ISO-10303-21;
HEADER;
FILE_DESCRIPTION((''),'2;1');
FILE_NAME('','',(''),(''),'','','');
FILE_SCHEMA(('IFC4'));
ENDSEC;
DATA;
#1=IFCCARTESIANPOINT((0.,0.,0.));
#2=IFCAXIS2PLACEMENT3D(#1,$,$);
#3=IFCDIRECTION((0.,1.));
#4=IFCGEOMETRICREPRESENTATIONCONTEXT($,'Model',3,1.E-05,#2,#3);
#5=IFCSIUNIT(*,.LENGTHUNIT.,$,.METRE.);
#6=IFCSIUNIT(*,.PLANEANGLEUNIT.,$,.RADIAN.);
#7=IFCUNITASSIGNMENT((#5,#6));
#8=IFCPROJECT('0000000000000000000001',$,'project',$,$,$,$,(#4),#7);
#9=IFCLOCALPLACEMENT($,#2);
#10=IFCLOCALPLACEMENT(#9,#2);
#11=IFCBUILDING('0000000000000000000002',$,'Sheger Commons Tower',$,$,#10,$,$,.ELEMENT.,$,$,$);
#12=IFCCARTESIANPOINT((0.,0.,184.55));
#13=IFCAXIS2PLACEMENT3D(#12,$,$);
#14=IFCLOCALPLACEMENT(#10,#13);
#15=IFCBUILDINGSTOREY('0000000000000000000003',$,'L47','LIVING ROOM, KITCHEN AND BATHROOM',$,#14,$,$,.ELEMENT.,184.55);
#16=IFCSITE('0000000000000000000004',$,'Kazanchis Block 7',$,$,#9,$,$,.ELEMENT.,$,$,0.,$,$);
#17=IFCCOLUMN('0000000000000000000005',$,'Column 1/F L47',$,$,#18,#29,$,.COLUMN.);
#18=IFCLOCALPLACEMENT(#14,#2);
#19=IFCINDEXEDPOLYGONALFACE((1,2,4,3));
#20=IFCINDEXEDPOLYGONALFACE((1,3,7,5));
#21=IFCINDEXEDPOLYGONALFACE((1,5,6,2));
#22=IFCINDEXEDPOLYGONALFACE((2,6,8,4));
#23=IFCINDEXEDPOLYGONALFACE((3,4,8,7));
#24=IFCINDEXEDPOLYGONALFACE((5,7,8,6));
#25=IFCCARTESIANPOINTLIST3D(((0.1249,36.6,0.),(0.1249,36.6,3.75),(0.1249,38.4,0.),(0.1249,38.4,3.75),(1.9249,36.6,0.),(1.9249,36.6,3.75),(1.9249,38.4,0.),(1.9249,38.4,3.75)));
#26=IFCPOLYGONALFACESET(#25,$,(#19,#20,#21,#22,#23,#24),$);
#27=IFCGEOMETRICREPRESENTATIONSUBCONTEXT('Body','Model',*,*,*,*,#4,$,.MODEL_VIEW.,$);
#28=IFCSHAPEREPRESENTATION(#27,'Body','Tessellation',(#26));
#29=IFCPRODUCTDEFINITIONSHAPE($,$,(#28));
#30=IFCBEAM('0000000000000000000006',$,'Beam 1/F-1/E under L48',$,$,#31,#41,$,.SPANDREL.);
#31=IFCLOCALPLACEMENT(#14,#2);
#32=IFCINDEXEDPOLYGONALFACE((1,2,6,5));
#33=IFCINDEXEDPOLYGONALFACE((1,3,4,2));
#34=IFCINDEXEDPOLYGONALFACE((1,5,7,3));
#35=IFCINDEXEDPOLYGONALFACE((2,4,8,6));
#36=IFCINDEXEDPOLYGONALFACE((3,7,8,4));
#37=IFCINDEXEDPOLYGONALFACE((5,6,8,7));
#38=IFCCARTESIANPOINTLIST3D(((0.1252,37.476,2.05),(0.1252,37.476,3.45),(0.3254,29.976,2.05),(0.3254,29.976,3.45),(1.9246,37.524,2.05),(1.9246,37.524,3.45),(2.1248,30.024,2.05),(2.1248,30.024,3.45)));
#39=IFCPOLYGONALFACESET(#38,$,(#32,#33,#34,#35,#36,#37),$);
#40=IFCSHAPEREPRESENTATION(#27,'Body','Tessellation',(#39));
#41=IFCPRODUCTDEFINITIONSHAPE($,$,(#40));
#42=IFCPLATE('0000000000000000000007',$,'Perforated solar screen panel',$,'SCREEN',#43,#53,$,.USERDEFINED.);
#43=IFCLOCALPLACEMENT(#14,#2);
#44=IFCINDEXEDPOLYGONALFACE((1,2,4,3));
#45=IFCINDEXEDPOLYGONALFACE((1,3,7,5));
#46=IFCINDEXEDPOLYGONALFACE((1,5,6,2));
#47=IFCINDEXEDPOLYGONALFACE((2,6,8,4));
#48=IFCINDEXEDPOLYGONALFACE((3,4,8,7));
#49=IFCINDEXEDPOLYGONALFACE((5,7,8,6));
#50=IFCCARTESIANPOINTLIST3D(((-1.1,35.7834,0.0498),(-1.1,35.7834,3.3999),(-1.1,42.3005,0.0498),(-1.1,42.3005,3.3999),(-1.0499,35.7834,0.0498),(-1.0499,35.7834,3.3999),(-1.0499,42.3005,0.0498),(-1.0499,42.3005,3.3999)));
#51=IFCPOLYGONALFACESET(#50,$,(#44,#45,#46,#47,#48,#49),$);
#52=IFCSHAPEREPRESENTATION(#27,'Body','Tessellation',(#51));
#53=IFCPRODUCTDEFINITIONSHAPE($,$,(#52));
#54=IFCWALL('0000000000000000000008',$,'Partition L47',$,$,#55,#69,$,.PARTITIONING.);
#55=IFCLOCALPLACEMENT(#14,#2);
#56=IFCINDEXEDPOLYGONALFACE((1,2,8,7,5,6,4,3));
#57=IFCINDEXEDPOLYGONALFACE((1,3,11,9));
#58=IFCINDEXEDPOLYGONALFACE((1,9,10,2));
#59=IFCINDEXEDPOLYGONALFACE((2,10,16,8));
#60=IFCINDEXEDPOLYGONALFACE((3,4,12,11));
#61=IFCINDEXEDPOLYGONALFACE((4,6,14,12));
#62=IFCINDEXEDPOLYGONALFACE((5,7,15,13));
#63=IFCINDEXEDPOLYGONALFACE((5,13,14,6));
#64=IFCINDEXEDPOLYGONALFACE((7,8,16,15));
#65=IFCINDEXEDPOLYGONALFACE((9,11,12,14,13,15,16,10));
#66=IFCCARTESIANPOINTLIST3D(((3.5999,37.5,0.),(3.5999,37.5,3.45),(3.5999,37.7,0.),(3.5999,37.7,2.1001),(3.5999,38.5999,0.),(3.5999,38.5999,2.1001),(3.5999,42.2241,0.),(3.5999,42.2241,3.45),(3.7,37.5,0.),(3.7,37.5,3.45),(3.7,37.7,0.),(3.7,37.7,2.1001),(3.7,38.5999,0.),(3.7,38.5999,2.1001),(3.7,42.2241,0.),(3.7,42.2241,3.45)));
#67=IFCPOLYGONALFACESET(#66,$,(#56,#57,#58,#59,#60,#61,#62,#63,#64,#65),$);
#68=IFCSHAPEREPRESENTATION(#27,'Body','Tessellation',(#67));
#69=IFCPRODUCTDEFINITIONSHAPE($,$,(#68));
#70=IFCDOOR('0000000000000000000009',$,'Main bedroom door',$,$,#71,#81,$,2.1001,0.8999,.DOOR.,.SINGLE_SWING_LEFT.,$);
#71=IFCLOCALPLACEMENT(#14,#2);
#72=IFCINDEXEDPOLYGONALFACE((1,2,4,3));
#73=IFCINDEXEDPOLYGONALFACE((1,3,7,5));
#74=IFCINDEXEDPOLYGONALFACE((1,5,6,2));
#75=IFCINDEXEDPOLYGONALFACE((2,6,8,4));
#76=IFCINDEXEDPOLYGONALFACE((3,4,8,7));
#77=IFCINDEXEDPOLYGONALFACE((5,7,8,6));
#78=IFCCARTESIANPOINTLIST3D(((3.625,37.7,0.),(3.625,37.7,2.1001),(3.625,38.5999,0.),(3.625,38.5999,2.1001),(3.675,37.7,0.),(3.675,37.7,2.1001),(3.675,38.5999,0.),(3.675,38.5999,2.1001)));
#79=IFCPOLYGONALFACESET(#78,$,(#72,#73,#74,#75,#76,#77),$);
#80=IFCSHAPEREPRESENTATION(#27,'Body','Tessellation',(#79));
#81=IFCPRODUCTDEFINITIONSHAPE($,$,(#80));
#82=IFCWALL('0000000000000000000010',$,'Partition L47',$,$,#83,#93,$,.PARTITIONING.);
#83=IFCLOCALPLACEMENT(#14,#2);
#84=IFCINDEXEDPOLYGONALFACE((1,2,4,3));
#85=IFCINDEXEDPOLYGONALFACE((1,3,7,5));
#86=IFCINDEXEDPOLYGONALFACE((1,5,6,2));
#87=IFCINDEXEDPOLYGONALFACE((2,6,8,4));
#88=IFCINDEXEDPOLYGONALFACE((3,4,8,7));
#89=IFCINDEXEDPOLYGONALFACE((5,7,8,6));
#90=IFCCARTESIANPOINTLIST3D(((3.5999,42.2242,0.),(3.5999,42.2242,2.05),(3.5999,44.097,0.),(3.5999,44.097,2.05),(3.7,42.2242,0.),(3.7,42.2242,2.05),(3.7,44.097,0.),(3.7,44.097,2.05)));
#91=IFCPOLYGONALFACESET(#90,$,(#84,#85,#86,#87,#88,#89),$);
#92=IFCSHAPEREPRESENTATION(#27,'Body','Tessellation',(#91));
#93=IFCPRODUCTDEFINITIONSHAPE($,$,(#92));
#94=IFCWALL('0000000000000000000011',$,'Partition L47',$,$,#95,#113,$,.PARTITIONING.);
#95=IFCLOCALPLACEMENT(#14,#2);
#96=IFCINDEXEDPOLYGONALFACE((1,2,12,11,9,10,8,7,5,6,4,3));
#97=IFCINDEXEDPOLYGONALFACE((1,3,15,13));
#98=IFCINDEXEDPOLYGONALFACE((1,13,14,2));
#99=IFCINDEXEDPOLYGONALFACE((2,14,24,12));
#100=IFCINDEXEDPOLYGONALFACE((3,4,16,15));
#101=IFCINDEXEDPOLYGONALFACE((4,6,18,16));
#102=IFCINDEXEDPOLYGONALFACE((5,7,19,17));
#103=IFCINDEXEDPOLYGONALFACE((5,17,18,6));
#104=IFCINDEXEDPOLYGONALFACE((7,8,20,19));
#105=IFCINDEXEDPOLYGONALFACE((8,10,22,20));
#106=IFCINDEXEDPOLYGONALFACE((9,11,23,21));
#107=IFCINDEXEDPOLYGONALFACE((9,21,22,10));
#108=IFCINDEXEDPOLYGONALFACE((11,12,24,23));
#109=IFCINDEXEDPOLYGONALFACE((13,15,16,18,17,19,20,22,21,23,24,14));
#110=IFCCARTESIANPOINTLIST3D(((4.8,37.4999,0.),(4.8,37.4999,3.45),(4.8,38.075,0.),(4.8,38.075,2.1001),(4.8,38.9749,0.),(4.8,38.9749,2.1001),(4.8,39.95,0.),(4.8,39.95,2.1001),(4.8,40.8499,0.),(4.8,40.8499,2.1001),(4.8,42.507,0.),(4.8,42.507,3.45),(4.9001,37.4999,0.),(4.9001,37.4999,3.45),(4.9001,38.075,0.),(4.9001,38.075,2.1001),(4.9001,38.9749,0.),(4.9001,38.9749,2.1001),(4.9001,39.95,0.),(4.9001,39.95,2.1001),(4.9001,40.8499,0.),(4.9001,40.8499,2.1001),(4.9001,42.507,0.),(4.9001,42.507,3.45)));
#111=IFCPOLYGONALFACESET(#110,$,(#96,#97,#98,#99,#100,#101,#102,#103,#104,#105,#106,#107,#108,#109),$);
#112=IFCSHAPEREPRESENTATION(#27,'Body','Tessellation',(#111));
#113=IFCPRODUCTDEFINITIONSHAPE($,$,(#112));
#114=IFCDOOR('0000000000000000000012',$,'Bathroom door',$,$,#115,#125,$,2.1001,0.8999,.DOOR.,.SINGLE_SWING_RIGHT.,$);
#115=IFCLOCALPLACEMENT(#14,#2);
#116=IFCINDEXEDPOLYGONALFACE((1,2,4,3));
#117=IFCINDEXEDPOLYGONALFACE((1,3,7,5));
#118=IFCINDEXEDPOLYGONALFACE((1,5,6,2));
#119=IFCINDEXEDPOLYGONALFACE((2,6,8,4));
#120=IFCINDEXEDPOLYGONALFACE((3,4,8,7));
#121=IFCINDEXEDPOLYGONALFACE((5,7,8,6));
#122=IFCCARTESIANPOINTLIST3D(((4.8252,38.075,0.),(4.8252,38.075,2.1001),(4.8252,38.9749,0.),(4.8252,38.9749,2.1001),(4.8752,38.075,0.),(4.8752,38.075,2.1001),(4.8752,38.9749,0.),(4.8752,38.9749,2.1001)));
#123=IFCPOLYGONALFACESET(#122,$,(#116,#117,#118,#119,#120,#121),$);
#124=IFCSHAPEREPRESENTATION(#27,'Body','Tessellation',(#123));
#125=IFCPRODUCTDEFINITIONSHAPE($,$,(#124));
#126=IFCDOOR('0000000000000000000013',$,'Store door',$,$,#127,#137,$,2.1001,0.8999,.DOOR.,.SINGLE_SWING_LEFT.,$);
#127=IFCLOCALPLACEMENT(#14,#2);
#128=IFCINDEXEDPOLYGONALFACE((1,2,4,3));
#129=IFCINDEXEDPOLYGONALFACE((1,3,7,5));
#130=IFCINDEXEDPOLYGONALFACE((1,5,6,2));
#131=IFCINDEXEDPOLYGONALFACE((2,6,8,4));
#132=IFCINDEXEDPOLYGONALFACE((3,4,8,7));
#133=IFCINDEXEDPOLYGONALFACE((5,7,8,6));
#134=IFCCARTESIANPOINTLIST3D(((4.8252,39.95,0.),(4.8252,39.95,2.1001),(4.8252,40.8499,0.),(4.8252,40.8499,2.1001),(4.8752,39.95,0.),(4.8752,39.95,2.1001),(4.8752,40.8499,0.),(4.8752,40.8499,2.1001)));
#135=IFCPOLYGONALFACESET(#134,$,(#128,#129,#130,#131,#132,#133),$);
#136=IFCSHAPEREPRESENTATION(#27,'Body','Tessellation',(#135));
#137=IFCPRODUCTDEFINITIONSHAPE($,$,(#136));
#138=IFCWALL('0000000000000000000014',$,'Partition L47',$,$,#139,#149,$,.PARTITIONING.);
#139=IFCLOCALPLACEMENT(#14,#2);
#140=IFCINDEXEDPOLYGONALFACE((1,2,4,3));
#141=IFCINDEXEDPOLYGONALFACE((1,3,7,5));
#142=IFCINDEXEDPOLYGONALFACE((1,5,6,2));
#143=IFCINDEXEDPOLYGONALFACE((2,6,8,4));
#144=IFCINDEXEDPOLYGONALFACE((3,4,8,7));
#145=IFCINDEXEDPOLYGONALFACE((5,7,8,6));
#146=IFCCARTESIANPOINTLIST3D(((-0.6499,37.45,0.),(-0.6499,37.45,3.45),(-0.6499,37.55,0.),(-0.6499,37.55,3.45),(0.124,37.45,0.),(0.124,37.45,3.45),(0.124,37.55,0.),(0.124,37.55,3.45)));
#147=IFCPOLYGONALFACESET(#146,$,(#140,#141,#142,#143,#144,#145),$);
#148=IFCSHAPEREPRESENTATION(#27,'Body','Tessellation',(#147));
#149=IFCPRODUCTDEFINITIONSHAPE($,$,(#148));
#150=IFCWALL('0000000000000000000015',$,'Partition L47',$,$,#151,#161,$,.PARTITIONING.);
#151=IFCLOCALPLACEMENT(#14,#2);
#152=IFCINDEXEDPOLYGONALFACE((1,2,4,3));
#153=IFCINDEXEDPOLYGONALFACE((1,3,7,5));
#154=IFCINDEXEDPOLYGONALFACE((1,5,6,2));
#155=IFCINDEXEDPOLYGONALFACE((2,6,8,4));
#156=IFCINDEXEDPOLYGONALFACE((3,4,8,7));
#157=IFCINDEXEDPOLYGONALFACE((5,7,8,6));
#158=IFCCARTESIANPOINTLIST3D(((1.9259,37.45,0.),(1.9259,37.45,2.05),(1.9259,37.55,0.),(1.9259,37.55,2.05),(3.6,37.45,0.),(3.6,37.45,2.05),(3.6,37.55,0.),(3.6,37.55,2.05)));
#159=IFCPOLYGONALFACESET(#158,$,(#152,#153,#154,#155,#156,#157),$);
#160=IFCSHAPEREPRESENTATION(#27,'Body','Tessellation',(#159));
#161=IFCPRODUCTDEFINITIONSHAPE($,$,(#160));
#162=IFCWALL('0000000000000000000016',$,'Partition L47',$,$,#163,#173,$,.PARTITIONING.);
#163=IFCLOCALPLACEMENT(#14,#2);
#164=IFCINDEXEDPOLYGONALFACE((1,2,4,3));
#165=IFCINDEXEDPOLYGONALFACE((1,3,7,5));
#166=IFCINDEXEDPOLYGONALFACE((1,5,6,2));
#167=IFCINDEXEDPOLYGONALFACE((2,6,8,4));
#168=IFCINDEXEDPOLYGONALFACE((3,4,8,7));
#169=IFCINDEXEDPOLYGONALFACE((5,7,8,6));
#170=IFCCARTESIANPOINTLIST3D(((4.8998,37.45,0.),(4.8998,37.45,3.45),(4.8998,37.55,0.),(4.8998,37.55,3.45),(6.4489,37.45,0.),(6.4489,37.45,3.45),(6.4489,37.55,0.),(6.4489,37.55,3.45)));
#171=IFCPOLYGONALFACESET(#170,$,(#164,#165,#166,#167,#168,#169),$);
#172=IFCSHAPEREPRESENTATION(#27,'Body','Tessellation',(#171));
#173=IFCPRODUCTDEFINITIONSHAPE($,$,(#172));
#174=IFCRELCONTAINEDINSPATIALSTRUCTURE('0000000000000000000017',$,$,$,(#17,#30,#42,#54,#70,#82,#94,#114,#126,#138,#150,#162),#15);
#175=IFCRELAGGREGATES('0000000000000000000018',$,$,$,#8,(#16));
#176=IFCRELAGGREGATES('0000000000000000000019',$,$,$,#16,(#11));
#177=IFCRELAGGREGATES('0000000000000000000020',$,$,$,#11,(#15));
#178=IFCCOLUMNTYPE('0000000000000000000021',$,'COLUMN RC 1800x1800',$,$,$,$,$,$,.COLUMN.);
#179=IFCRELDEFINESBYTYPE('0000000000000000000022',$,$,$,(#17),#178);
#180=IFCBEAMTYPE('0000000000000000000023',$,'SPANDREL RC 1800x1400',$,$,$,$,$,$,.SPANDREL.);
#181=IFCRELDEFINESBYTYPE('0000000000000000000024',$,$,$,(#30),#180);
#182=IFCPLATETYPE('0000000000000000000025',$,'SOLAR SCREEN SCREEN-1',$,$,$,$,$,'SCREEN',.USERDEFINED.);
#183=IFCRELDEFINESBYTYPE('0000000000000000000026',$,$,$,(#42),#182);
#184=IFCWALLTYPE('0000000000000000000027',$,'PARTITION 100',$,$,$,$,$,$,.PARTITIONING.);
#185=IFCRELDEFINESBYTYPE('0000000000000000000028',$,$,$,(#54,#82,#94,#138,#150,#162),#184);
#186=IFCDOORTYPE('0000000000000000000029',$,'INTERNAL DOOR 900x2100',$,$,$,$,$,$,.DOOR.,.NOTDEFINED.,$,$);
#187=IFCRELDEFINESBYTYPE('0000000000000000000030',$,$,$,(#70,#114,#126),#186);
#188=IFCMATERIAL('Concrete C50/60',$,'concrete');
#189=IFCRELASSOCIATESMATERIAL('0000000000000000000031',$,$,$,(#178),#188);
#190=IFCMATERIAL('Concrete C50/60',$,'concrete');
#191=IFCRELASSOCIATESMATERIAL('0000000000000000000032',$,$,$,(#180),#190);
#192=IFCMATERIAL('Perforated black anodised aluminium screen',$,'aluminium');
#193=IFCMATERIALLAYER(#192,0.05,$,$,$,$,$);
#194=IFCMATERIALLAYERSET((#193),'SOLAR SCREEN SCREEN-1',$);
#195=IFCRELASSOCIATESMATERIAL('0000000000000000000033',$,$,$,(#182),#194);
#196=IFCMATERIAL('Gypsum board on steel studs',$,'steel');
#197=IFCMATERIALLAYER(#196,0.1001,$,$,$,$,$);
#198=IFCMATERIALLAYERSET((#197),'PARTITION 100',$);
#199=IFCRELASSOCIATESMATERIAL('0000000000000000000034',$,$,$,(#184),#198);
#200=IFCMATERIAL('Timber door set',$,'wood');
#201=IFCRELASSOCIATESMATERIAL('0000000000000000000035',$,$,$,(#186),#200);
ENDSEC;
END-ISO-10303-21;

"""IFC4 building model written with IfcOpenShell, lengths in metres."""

from ifc_helpers import new_model, si_unit, direction, frame, frame_2d, origin, origin_2d, place, context, subcontext, project, spatial, rectangle, extrude, material, layer, layer_set, material_profile, profile_set, type_object, element, fill, save


model = new_model("IFC4")

# Units and contexts
model_context = context("Model", 3, precision=1e-05, world=origin(), true_north=direction((0.0, 1.0)))
body_context = subcontext(model_context, "Body", "Model", "MODEL_VIEW")
ifc_project = project(units=[si_unit("LENGTHUNIT", "METRE"), si_unit("PLANEANGLEUNIT", "RADIAN")], contexts=[model_context])

# Site, building, storey
site_placement = place(None, origin())
site = spatial("IfcSite", under=ifc_project, at=site_placement, Name="Kazanchis Block 7", CompositionType="ELEMENT", RefElevation=0.0)
building_placement = place(site_placement, origin())
building = spatial("IfcBuilding", under=site, at=building_placement, Name="Sheger Commons Tower", CompositionType="ELEMENT")
storey_placement = place(building_placement, frame((0.0, 0.0, 184.55)))
storey = spatial("IfcBuildingStorey", under=building, at=storey_placement, Name="L47", Description="LIVING ROOM, KITCHEN AND BATHROOM", CompositionType="ELEMENT", Elevation=184.55)

# Column
ifc_material_1 = material(Name="Concrete C50/60", Category="concrete")
ifc_material_profile_1 = material_profile(ifc_material_1, rectangle(XDim=1.8, YDim=1.8, at=origin_2d()), Name="RC 1800x1800")
ifc_profile_set_1 = profile_set([ifc_material_profile_1], Name="Concrete C50/60")
column_type = type_object("IfcColumnType", Name="COLUMN RC 1800x1800", PredefinedType="COLUMN", material=ifc_profile_set_1)
column_placement = place(storey_placement, frame((1.0249, 37.5, 0.0), z_axis=(0.0, 0.0, 1.0), x_axis=(1.0, 0.0, 0.0)))
element("IfcColumn", 1, at=column_placement, inside=storey, type_object=column_type, Name="Column 1/F L47", PredefinedType="COLUMN", context=body_context, shape_type="SweptSolid", body=[
    extrude(rectangle(XDim=1.8, YDim=1.8, at=origin_2d()), origin(), (0.0, 0.0, 1.0), 3.75),
])

# Beam
ifc_material_2 = material(Name="Concrete C50/60", Category="concrete")
ifc_material_profile_2 = material_profile(ifc_material_2, rectangle(XDim=1.8, YDim=1.3999, at=origin_2d()), Name="RC 1800x1400")
ifc_profile_set_2 = profile_set([ifc_material_profile_2], Name="Concrete C50/60")
beam_type = type_object("IfcBeamType", Name="SPANDREL RC 1800x1400", PredefinedType="SPANDREL", material=ifc_profile_set_2)
beam_placement = place(storey_placement, frame((1.0249, 37.5, 2.75), z_axis=(0.026683, -0.999644, 0.0), x_axis=(0.999644, 0.026683, 0.0)))
element("IfcBeam", 2, at=beam_placement, inside=storey, type_object=beam_type, Name="Beam 1/F-1/E under L48", PredefinedType="SPANDREL", context=body_context, shape_type="SweptSolid", body=[
    extrude(rectangle(XDim=1.8, YDim=1.3999, at=origin_2d()), origin(), (0.0, 0.0, 1.0), 7.5027),
])

# Plate
ifc_material_3 = material(Name="Perforated black anodised aluminium screen", Category="aluminium")
ifc_layer_1 = layer(ifc_material_3, 0.05)
ifc_layer_set_1 = layer_set([ifc_layer_1], Name="SOLAR SCREEN SCREEN-1")
plate_type = type_object("IfcPlateType", Name="SOLAR SCREEN SCREEN-1", ElementType="SCREEN", PredefinedType="USERDEFINED", material=ifc_layer_set_1)
plate_placement = place(storey_placement, frame((-1.075, 39.042, 0.0498), z_axis=(0.0, 0.0, 1.0), x_axis=(0.0, -1.0, 0.0)))
element("IfcPlate", 3, at=plate_placement, inside=storey, type_object=plate_type, Name="Perforated solar screen panel", ObjectType="SCREEN", PredefinedType="USERDEFINED", context=body_context, shape_type="SweptSolid", body=[
    extrude(rectangle(XDim=6.5171, YDim=0.05, at=origin_2d()), origin(), (0.0, 0.0, 1.0), 3.3501),
])

# Wall, opening, door
ifc_material_4 = material(Name="Gypsum board on steel studs", Category="steel")
ifc_layer_2 = layer(ifc_material_4, 0.1001)
ifc_layer_set_2 = layer_set([ifc_layer_2], Name="PARTITION 100")
wall_type = type_object("IfcWallType", Name="PARTITION 100", PredefinedType="PARTITIONING", material=ifc_layer_set_2)
wall_1_placement = place(storey_placement, frame((3.6499, 37.5, 0.0), z_axis=(0.0, 0.0, 1.0), x_axis=(0.0, 1.0, 0.0)))
wall_1 = element("IfcWall", 4, at=wall_1_placement, inside=storey, type_object=wall_type, Name="Partition L47", PredefinedType="PARTITIONING", context=body_context, shape_type="SweptSolid", body=[
    extrude(rectangle(XDim=4.7241, YDim=0.1001, at=frame_2d((2.3621, 0.0))), origin(), (0.0, 0.0, 1.0), 3.45),
])
opening_1_placement = place(wall_1_placement, frame((0.2, 0.0, 0.0)))
opening_1 = element("IfcOpeningElement", 5, at=opening_1_placement, cuts=wall_1, PredefinedType="OPENING", context=body_context, shape_type="SweptSolid", body=[
    extrude(rectangle(XDim=0.8999, YDim=2.1001, at=frame_2d((0.45, 1.05))), frame((0.0, 0.0601, 0.0), z_axis=(0.0, -1.0, 0.0), x_axis=(1.0, 0.0, 0.0)), (0.0, 0.0, 1.0), 0.1201),
])
ifc_material_5 = material(Name="Timber door set", Category="wood")
door_type = type_object("IfcDoorType", Name="INTERNAL DOOR 900x2100", OperationType="NOTDEFINED", PredefinedType="DOOR", material=ifc_material_5)
door_1_placement = place(opening_1_placement, origin())
door_1 = element("IfcDoor", 6, at=door_1_placement, inside=storey, type_object=door_type, Name="Main bedroom door", OperationType="SINGLE_SWING_LEFT", OverallHeight=2.1001, OverallWidth=0.8999, PredefinedType="DOOR", context=body_context, shape_type="SweptSolid", body=[
    extrude(rectangle(XDim=0.8999, YDim=2.1001, at=frame_2d((0.45, 1.05))), frame((0.0, 0.0249, 0.0), z_axis=(0.0, -1.0, 0.0), x_axis=(1.0, 0.0, 0.0)), (0.0, 0.0, 1.0), 0.05),
])
fill(opening_1, door_1)

# Wall
wall_2_placement = place(storey_placement, frame((3.6499, 42.2241, 0.0), z_axis=(0.0, 0.0, 1.0), x_axis=(0.0, 1.0, 0.0)))
element("IfcWall", 7, at=wall_2_placement, inside=storey, type_object=wall_type, Name="Partition L47", PredefinedType="PARTITIONING", context=body_context, shape_type="SweptSolid", body=[
    extrude(rectangle(XDim=1.8728, YDim=0.1001, at=frame_2d((0.9365, 0.0))), origin(), (0.0, 0.0, 1.0), 2.05),
])

# Wall, openings, doors
wall_3_placement = place(storey_placement, frame((4.8501, 37.5, 0.0), z_axis=(0.0, 0.0, 1.0), x_axis=(0.0, 1.0, 0.0)))
wall_3 = element("IfcWall", 8, at=wall_3_placement, inside=storey, type_object=wall_type, Name="Partition L47", PredefinedType="PARTITIONING", context=body_context, shape_type="SweptSolid", body=[
    extrude(rectangle(XDim=5.0071, YDim=0.1001, at=frame_2d((2.5034, 0.0))), origin(), (0.0, 0.0, 1.0), 3.45),
])
opening_2_placement = place(wall_3_placement, frame((0.575, 0.0, 0.0)))
opening_2 = element("IfcOpeningElement", 9, at=opening_2_placement, cuts=wall_3, PredefinedType="OPENING", context=body_context, shape_type="SweptSolid", body=[
    extrude(rectangle(XDim=0.8999, YDim=2.1001, at=frame_2d((0.45, 1.05))), frame((0.0, 0.0601, 0.0), z_axis=(0.0, -1.0, 0.0), x_axis=(1.0, 0.0, 0.0)), (0.0, 0.0, 1.0), 0.1201),
])
opening_3_placement = place(wall_3_placement, frame((2.45, 0.0, 0.0)))
opening_3 = element("IfcOpeningElement", 10, at=opening_3_placement, cuts=wall_3, PredefinedType="OPENING", context=body_context, shape_type="SweptSolid", body=[
    extrude(rectangle(XDim=0.8999, YDim=2.1001, at=frame_2d((0.45, 1.05))), frame((0.0, 0.0601, 0.0), z_axis=(0.0, -1.0, 0.0), x_axis=(1.0, 0.0, 0.0)), (0.0, 0.0, 1.0), 0.1201),
])
door_2_placement = place(opening_2_placement, origin())
door_2 = element("IfcDoor", 11, at=door_2_placement, inside=storey, type_object=door_type, Name="Bathroom door", OperationType="SINGLE_SWING_RIGHT", OverallHeight=2.1001, OverallWidth=0.8999, PredefinedType="DOOR", context=body_context, shape_type="SweptSolid", body=[
    extrude(rectangle(XDim=0.8999, YDim=2.1001, at=frame_2d((0.45, 1.05))), frame((0.0, 0.0249, 0.0), z_axis=(0.0, -1.0, 0.0), x_axis=(1.0, 0.0, 0.0)), (0.0, 0.0, 1.0), 0.05),
])
fill(opening_2, door_2)
door_3_placement = place(opening_3_placement, origin())
door_3 = element("IfcDoor", 12, at=door_3_placement, inside=storey, type_object=door_type, Name="Store door", OperationType="SINGLE_SWING_LEFT", OverallHeight=2.1001, OverallWidth=0.8999, PredefinedType="DOOR", context=body_context, shape_type="SweptSolid", body=[
    extrude(rectangle(XDim=0.8999, YDim=2.1001, at=frame_2d((0.45, 1.05))), frame((0.0, 0.0249, 0.0), z_axis=(0.0, -1.0, 0.0), x_axis=(1.0, 0.0, 0.0)), (0.0, 0.0, 1.0), 0.05),
])
fill(opening_3, door_3)

# Walls
wall_4_placement = place(storey_placement, frame((-0.6499, 37.5, 0.0), z_axis=(0.0, 0.0, 1.0), x_axis=(1.0, 0.0, 0.0)))
element("IfcWall", 13, at=wall_4_placement, inside=storey, type_object=wall_type, Name="Partition L47", PredefinedType="PARTITIONING", context=body_context, shape_type="SweptSolid", body=[
    extrude(rectangle(XDim=0.7739, YDim=0.1001, at=frame_2d((0.387, 0.0))), origin(), (0.0, 0.0, 1.0), 3.45),
])
wall_5_placement = place(storey_placement, frame((1.926, 37.5, 0.0), z_axis=(0.0, 0.0, 1.0), x_axis=(1.0, 0.0, 0.0)))
element("IfcWall", 14, at=wall_5_placement, inside=storey, type_object=wall_type, Name="Partition L47", PredefinedType="PARTITIONING", context=body_context, shape_type="SweptSolid", body=[
    extrude(rectangle(XDim=1.6741, YDim=0.1001, at=frame_2d((0.8369, 0.0))), origin(), (0.0, 0.0, 1.0), 2.05),
])
wall_6_placement = place(storey_placement, frame((4.8999, 37.5, 0.0), z_axis=(0.0, 0.0, 1.0), x_axis=(1.0, 0.0, 0.0)))
element("IfcWall", 15, at=wall_6_placement, inside=storey, type_object=wall_type, Name="Partition L47", PredefinedType="PARTITIONING", context=body_context, shape_type="SweptSolid", body=[
    extrude(rectangle(XDim=1.5491, YDim=0.1001, at=frame_2d((0.7744, 0.0))), origin(), (0.0, 0.0, 1.0), 3.45),
])

save(model, "model.ifc")
